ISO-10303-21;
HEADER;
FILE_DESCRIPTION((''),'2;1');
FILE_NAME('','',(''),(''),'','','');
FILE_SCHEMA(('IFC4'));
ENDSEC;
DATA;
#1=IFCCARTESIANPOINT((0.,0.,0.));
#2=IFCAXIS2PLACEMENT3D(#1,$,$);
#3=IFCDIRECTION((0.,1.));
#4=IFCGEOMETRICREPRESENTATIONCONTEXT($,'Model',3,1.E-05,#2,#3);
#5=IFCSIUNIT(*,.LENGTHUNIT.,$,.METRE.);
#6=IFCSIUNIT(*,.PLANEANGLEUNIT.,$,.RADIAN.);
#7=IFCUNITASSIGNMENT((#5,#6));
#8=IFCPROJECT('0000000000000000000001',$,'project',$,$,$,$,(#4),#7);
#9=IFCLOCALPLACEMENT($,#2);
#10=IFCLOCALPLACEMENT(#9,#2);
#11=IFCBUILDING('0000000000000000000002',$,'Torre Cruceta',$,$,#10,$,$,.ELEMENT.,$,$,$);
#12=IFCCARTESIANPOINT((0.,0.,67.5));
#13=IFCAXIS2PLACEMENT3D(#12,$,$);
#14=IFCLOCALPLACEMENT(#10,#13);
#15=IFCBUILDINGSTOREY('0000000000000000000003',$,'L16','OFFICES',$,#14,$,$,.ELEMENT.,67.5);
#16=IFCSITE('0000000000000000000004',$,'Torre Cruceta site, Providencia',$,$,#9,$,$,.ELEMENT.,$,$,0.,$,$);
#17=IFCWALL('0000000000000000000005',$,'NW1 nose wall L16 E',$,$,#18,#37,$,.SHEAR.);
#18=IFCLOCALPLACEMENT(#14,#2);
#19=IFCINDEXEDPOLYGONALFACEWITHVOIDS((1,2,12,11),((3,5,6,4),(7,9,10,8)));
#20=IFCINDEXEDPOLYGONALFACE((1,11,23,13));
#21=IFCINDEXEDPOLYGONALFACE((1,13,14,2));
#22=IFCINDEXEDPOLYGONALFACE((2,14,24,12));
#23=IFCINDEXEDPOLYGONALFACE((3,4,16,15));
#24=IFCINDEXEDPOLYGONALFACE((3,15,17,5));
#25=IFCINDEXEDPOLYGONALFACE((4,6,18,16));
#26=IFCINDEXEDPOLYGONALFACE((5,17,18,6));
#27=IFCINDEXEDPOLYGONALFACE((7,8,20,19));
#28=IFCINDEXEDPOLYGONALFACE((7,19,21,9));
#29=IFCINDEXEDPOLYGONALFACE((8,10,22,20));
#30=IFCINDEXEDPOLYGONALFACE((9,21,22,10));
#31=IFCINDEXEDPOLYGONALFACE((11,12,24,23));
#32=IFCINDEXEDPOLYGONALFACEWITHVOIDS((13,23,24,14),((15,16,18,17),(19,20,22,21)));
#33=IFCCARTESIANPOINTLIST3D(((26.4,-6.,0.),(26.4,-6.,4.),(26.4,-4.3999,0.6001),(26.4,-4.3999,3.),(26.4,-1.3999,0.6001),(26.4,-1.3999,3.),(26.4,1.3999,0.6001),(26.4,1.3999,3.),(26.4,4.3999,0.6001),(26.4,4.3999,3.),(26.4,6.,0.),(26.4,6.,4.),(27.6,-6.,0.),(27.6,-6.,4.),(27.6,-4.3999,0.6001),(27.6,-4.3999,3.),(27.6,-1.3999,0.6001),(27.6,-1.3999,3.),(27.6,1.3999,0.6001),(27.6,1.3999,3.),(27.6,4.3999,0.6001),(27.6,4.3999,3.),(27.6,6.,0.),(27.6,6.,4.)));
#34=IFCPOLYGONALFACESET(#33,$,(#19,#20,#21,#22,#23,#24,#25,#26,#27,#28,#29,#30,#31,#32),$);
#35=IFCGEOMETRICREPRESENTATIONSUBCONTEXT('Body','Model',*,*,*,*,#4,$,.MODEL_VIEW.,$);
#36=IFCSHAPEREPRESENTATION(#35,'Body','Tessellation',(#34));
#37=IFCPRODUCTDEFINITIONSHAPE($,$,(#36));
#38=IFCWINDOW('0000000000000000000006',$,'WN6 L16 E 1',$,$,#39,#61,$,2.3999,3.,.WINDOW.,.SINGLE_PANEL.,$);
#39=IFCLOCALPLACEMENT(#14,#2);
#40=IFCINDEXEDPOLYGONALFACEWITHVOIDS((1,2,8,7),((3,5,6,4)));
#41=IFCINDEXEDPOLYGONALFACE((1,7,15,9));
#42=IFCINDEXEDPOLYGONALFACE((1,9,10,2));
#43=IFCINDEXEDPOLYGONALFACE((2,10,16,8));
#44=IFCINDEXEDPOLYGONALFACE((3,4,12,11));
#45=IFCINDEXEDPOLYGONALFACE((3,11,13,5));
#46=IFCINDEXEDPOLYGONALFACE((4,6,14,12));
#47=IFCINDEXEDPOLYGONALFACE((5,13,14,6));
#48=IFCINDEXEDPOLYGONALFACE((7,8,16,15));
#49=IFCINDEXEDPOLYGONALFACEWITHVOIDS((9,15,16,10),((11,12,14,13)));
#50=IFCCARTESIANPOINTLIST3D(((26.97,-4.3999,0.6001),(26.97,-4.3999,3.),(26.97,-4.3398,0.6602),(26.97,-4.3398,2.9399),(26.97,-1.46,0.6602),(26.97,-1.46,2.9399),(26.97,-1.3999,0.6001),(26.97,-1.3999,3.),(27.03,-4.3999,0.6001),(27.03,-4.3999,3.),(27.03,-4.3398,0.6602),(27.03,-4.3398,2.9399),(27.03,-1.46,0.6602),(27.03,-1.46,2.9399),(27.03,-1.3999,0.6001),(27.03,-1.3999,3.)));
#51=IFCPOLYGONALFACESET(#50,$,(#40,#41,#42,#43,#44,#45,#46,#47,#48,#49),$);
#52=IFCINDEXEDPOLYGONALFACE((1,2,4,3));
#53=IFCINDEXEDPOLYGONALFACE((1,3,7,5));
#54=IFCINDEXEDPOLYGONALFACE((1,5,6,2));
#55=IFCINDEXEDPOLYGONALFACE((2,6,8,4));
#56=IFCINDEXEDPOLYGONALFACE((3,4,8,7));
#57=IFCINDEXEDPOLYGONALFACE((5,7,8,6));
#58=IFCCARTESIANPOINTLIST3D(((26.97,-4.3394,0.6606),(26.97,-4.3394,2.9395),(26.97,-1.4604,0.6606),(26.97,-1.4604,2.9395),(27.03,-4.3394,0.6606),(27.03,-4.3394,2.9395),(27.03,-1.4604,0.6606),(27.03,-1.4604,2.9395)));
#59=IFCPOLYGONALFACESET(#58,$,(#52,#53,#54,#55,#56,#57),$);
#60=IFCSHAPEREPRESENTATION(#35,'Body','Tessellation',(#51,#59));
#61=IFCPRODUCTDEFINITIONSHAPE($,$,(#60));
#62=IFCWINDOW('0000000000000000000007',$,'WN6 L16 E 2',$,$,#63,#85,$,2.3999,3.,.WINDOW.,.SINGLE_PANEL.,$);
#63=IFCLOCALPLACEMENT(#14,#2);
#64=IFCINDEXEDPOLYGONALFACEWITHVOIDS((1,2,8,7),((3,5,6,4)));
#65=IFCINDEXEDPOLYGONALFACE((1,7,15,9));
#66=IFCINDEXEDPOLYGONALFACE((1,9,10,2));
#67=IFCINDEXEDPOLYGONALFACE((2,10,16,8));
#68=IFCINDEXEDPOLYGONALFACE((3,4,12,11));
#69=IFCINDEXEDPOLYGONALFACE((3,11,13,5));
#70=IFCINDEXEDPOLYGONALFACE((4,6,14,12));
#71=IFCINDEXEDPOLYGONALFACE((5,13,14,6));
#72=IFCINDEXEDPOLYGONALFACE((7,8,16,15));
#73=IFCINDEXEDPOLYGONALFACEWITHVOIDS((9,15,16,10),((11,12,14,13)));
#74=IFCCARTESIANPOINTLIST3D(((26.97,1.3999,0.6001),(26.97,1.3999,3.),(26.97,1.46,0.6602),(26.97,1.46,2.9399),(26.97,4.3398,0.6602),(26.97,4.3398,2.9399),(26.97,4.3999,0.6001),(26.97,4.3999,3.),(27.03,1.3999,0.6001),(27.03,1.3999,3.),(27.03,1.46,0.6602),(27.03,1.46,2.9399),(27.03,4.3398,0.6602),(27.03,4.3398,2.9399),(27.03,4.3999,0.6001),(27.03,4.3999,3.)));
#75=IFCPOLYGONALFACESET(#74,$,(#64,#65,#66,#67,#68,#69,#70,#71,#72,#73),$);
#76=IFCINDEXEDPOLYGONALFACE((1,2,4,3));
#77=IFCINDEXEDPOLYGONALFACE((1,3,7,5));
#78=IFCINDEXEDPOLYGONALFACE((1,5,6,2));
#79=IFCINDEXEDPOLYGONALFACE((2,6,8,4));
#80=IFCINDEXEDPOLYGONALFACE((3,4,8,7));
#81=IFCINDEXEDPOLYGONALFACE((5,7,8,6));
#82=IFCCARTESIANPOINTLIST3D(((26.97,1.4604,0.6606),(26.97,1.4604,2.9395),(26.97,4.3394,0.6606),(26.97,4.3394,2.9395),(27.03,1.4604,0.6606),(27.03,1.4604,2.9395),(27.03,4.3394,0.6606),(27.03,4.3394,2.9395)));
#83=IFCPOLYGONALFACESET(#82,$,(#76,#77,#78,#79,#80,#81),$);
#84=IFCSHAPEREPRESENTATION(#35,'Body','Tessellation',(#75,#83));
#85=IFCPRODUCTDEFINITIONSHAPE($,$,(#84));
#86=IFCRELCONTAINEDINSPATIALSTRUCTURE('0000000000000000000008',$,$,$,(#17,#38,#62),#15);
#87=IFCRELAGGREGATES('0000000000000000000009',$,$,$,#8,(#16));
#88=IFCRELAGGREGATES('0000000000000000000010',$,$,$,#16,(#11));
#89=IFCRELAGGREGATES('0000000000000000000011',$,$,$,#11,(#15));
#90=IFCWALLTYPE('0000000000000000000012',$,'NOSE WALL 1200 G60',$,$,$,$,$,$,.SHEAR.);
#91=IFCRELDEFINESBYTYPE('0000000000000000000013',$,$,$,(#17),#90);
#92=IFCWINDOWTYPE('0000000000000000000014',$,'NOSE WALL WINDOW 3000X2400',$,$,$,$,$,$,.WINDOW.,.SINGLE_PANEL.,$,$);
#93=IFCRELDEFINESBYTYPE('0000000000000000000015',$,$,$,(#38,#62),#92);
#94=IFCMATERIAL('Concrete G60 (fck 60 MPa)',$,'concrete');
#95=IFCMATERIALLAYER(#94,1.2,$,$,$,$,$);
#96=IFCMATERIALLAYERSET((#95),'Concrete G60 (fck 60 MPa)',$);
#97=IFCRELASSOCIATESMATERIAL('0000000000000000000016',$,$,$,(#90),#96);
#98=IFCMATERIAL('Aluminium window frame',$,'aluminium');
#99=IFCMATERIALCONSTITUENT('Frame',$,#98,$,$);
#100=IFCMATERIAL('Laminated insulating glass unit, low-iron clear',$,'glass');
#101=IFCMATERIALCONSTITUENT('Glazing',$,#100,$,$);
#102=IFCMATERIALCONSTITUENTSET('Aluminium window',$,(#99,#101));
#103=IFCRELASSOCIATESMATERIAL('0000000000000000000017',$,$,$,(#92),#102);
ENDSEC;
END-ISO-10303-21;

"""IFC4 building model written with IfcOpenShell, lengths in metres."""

from ifc_helpers import new_model, si_unit, direction, frame, frame_2d, origin, place, context, subcontext, project, spatial, rectangle, hollow_rectangle, extrude, material, layer, layer_set, constituent, constituent_set, type_object, element, fill, save


model = new_model("IFC4")

# Units and contexts
model_context = context("Model", 3, precision=1e-05, world=origin(), true_north=direction((0.0, 1.0)))
body_context = subcontext(model_context, "Body", "Model", "MODEL_VIEW")
ifc_project = project(units=[si_unit("LENGTHUNIT", "METRE"), si_unit("PLANEANGLEUNIT", "RADIAN")], contexts=[model_context])

# Site, building, storey
site_placement = place(None, origin())
site = spatial("IfcSite", under=ifc_project, at=site_placement, Name="Torre Cruceta site, Providencia", CompositionType="ELEMENT", RefElevation=0.0)
building_placement = place(site_placement, origin())
building = spatial("IfcBuilding", under=site, at=building_placement, Name="Torre Cruceta", CompositionType="ELEMENT")
storey_placement = place(building_placement, frame((0.0, 0.0, 67.5)))
storey = spatial("IfcBuildingStorey", under=building, at=storey_placement, Name="L16", Description="OFFICES", CompositionType="ELEMENT", Elevation=67.5)

# Wall, openings, windows
ifc_material_1 = material(Name="Concrete G60 (fck 60 MPa)", Category="concrete")
ifc_layer = layer(ifc_material_1, 1.2)
ifc_layer_set = layer_set([ifc_layer], Name="Concrete G60 (fck 60 MPa)")
wall_type = type_object("IfcWallType", Name="NOSE WALL 1200 G60", PredefinedType="SHEAR", material=ifc_layer_set)
wall_placement = place(storey_placement, frame((27.0, -6.0, 0.0), z_axis=(0.0, 0.0, 1.0), x_axis=(0.0, 1.0, 0.0)))
wall = element("IfcWall", 1, at=wall_placement, inside=storey, type_object=wall_type, Name="NW1 nose wall L16 E", PredefinedType="SHEAR", context=body_context, shape_type="SweptSolid", body=[
    extrude(rectangle(XDim=12.0, YDim=1.2, at=frame_2d((6.0, 0.0))), origin(), (0.0, 0.0, 1.0), 4.0),
])
opening_1_placement = place(wall_placement, frame((1.6001, 0.0, 0.6001)))
opening_1 = element("IfcOpeningElement", 2, at=opening_1_placement, cuts=wall, PredefinedType="OPENING", context=body_context, shape_type="SweptSolid", body=[
    extrude(rectangle(XDim=3.0, YDim=2.3999, at=frame_2d((1.5, 1.2))), frame((0.0, 0.6099, 0.0), z_axis=(0.0, -1.0, 0.0), x_axis=(1.0, 0.0, 0.0)), (0.0, 0.0, 1.0), 1.22),
])
opening_2_placement = place(wall_placement, frame((7.3999, 0.0, 0.6001)))
opening_2 = element("IfcOpeningElement", 3, at=opening_2_placement, cuts=wall, PredefinedType="OPENING", context=body_context, shape_type="SweptSolid", body=[
    extrude(rectangle(XDim=3.0, YDim=2.3999, at=frame_2d((1.5, 1.2))), frame((0.0, 0.6099, 0.0), z_axis=(0.0, -1.0, 0.0), x_axis=(1.0, 0.0, 0.0)), (0.0, 0.0, 1.0), 1.22),
])
ifc_material_2 = material(Name="Aluminium window frame", Category="aluminium")
ifc_constituent_1 = constituent(ifc_material_2, Name="Frame")
ifc_material_3 = material(Name="Laminated insulating glass unit, low-iron clear", Category="glass")
ifc_constituent_2 = constituent(ifc_material_3, Name="Glazing")
ifc_constituent_set = constituent_set(constituents=[ifc_constituent_1, ifc_constituent_2], Name="Aluminium window")
window_type = type_object("IfcWindowType", Name="NOSE WALL WINDOW 3000X2400", PartitioningType="SINGLE_PANEL", PredefinedType="WINDOW", material=ifc_constituent_set)
window_1_placement = place(opening_1_placement, origin())
window_1 = element("IfcWindow", 4, at=window_1_placement, inside=storey, type_object=window_type, Name="WN6 L16 E 1", OverallHeight=2.3999, OverallWidth=3.0, PartitioningType="SINGLE_PANEL", PredefinedType="WINDOW", context=body_context, shape_type="SweptSolid", body=[
    extrude(hollow_rectangle(XDim=3.0, YDim=2.3999, WallThickness=0.0601, at=frame_2d((1.5, 1.2))), frame((0.0, 0.03, 0.0), z_axis=(0.0, -1.0, 0.0), x_axis=(1.0, 0.0, 0.0)), (0.0, 0.0, 1.0), 0.0601),
    extrude(rectangle(XDim=2.8789, YDim=2.2788, at=frame_2d((1.5, 1.2))), frame((0.0, 0.03, 0.0), z_axis=(0.0, -1.0, 0.0), x_axis=(1.0, 0.0, 0.0)), (0.0, 0.0, 1.0), 0.0601),
])
fill(opening_1, window_1)
window_2_placement = place(opening_2_placement, origin())
window_2 = element("IfcWindow", 5, at=window_2_placement, inside=storey, type_object=window_type, Name="WN6 L16 E 2", OverallHeight=2.3999, OverallWidth=3.0, PartitioningType="SINGLE_PANEL", PredefinedType="WINDOW", context=body_context, shape_type="SweptSolid", body=[
    extrude(hollow_rectangle(XDim=3.0, YDim=2.3999, WallThickness=0.0601, at=frame_2d((1.5, 1.2))), frame((0.0, 0.03, 0.0), z_axis=(0.0, -1.0, 0.0), x_axis=(1.0, 0.0, 0.0)), (0.0, 0.0, 1.0), 0.0601),
    extrude(rectangle(XDim=2.8789, YDim=2.2788, at=frame_2d((1.5, 1.2))), frame((0.0, 0.03, 0.0), z_axis=(0.0, -1.0, 0.0), x_axis=(1.0, 0.0, 0.0)), (0.0, 0.0, 1.0), 0.0601),
])
fill(opening_2, window_2)

save(model, "model.ifc")
